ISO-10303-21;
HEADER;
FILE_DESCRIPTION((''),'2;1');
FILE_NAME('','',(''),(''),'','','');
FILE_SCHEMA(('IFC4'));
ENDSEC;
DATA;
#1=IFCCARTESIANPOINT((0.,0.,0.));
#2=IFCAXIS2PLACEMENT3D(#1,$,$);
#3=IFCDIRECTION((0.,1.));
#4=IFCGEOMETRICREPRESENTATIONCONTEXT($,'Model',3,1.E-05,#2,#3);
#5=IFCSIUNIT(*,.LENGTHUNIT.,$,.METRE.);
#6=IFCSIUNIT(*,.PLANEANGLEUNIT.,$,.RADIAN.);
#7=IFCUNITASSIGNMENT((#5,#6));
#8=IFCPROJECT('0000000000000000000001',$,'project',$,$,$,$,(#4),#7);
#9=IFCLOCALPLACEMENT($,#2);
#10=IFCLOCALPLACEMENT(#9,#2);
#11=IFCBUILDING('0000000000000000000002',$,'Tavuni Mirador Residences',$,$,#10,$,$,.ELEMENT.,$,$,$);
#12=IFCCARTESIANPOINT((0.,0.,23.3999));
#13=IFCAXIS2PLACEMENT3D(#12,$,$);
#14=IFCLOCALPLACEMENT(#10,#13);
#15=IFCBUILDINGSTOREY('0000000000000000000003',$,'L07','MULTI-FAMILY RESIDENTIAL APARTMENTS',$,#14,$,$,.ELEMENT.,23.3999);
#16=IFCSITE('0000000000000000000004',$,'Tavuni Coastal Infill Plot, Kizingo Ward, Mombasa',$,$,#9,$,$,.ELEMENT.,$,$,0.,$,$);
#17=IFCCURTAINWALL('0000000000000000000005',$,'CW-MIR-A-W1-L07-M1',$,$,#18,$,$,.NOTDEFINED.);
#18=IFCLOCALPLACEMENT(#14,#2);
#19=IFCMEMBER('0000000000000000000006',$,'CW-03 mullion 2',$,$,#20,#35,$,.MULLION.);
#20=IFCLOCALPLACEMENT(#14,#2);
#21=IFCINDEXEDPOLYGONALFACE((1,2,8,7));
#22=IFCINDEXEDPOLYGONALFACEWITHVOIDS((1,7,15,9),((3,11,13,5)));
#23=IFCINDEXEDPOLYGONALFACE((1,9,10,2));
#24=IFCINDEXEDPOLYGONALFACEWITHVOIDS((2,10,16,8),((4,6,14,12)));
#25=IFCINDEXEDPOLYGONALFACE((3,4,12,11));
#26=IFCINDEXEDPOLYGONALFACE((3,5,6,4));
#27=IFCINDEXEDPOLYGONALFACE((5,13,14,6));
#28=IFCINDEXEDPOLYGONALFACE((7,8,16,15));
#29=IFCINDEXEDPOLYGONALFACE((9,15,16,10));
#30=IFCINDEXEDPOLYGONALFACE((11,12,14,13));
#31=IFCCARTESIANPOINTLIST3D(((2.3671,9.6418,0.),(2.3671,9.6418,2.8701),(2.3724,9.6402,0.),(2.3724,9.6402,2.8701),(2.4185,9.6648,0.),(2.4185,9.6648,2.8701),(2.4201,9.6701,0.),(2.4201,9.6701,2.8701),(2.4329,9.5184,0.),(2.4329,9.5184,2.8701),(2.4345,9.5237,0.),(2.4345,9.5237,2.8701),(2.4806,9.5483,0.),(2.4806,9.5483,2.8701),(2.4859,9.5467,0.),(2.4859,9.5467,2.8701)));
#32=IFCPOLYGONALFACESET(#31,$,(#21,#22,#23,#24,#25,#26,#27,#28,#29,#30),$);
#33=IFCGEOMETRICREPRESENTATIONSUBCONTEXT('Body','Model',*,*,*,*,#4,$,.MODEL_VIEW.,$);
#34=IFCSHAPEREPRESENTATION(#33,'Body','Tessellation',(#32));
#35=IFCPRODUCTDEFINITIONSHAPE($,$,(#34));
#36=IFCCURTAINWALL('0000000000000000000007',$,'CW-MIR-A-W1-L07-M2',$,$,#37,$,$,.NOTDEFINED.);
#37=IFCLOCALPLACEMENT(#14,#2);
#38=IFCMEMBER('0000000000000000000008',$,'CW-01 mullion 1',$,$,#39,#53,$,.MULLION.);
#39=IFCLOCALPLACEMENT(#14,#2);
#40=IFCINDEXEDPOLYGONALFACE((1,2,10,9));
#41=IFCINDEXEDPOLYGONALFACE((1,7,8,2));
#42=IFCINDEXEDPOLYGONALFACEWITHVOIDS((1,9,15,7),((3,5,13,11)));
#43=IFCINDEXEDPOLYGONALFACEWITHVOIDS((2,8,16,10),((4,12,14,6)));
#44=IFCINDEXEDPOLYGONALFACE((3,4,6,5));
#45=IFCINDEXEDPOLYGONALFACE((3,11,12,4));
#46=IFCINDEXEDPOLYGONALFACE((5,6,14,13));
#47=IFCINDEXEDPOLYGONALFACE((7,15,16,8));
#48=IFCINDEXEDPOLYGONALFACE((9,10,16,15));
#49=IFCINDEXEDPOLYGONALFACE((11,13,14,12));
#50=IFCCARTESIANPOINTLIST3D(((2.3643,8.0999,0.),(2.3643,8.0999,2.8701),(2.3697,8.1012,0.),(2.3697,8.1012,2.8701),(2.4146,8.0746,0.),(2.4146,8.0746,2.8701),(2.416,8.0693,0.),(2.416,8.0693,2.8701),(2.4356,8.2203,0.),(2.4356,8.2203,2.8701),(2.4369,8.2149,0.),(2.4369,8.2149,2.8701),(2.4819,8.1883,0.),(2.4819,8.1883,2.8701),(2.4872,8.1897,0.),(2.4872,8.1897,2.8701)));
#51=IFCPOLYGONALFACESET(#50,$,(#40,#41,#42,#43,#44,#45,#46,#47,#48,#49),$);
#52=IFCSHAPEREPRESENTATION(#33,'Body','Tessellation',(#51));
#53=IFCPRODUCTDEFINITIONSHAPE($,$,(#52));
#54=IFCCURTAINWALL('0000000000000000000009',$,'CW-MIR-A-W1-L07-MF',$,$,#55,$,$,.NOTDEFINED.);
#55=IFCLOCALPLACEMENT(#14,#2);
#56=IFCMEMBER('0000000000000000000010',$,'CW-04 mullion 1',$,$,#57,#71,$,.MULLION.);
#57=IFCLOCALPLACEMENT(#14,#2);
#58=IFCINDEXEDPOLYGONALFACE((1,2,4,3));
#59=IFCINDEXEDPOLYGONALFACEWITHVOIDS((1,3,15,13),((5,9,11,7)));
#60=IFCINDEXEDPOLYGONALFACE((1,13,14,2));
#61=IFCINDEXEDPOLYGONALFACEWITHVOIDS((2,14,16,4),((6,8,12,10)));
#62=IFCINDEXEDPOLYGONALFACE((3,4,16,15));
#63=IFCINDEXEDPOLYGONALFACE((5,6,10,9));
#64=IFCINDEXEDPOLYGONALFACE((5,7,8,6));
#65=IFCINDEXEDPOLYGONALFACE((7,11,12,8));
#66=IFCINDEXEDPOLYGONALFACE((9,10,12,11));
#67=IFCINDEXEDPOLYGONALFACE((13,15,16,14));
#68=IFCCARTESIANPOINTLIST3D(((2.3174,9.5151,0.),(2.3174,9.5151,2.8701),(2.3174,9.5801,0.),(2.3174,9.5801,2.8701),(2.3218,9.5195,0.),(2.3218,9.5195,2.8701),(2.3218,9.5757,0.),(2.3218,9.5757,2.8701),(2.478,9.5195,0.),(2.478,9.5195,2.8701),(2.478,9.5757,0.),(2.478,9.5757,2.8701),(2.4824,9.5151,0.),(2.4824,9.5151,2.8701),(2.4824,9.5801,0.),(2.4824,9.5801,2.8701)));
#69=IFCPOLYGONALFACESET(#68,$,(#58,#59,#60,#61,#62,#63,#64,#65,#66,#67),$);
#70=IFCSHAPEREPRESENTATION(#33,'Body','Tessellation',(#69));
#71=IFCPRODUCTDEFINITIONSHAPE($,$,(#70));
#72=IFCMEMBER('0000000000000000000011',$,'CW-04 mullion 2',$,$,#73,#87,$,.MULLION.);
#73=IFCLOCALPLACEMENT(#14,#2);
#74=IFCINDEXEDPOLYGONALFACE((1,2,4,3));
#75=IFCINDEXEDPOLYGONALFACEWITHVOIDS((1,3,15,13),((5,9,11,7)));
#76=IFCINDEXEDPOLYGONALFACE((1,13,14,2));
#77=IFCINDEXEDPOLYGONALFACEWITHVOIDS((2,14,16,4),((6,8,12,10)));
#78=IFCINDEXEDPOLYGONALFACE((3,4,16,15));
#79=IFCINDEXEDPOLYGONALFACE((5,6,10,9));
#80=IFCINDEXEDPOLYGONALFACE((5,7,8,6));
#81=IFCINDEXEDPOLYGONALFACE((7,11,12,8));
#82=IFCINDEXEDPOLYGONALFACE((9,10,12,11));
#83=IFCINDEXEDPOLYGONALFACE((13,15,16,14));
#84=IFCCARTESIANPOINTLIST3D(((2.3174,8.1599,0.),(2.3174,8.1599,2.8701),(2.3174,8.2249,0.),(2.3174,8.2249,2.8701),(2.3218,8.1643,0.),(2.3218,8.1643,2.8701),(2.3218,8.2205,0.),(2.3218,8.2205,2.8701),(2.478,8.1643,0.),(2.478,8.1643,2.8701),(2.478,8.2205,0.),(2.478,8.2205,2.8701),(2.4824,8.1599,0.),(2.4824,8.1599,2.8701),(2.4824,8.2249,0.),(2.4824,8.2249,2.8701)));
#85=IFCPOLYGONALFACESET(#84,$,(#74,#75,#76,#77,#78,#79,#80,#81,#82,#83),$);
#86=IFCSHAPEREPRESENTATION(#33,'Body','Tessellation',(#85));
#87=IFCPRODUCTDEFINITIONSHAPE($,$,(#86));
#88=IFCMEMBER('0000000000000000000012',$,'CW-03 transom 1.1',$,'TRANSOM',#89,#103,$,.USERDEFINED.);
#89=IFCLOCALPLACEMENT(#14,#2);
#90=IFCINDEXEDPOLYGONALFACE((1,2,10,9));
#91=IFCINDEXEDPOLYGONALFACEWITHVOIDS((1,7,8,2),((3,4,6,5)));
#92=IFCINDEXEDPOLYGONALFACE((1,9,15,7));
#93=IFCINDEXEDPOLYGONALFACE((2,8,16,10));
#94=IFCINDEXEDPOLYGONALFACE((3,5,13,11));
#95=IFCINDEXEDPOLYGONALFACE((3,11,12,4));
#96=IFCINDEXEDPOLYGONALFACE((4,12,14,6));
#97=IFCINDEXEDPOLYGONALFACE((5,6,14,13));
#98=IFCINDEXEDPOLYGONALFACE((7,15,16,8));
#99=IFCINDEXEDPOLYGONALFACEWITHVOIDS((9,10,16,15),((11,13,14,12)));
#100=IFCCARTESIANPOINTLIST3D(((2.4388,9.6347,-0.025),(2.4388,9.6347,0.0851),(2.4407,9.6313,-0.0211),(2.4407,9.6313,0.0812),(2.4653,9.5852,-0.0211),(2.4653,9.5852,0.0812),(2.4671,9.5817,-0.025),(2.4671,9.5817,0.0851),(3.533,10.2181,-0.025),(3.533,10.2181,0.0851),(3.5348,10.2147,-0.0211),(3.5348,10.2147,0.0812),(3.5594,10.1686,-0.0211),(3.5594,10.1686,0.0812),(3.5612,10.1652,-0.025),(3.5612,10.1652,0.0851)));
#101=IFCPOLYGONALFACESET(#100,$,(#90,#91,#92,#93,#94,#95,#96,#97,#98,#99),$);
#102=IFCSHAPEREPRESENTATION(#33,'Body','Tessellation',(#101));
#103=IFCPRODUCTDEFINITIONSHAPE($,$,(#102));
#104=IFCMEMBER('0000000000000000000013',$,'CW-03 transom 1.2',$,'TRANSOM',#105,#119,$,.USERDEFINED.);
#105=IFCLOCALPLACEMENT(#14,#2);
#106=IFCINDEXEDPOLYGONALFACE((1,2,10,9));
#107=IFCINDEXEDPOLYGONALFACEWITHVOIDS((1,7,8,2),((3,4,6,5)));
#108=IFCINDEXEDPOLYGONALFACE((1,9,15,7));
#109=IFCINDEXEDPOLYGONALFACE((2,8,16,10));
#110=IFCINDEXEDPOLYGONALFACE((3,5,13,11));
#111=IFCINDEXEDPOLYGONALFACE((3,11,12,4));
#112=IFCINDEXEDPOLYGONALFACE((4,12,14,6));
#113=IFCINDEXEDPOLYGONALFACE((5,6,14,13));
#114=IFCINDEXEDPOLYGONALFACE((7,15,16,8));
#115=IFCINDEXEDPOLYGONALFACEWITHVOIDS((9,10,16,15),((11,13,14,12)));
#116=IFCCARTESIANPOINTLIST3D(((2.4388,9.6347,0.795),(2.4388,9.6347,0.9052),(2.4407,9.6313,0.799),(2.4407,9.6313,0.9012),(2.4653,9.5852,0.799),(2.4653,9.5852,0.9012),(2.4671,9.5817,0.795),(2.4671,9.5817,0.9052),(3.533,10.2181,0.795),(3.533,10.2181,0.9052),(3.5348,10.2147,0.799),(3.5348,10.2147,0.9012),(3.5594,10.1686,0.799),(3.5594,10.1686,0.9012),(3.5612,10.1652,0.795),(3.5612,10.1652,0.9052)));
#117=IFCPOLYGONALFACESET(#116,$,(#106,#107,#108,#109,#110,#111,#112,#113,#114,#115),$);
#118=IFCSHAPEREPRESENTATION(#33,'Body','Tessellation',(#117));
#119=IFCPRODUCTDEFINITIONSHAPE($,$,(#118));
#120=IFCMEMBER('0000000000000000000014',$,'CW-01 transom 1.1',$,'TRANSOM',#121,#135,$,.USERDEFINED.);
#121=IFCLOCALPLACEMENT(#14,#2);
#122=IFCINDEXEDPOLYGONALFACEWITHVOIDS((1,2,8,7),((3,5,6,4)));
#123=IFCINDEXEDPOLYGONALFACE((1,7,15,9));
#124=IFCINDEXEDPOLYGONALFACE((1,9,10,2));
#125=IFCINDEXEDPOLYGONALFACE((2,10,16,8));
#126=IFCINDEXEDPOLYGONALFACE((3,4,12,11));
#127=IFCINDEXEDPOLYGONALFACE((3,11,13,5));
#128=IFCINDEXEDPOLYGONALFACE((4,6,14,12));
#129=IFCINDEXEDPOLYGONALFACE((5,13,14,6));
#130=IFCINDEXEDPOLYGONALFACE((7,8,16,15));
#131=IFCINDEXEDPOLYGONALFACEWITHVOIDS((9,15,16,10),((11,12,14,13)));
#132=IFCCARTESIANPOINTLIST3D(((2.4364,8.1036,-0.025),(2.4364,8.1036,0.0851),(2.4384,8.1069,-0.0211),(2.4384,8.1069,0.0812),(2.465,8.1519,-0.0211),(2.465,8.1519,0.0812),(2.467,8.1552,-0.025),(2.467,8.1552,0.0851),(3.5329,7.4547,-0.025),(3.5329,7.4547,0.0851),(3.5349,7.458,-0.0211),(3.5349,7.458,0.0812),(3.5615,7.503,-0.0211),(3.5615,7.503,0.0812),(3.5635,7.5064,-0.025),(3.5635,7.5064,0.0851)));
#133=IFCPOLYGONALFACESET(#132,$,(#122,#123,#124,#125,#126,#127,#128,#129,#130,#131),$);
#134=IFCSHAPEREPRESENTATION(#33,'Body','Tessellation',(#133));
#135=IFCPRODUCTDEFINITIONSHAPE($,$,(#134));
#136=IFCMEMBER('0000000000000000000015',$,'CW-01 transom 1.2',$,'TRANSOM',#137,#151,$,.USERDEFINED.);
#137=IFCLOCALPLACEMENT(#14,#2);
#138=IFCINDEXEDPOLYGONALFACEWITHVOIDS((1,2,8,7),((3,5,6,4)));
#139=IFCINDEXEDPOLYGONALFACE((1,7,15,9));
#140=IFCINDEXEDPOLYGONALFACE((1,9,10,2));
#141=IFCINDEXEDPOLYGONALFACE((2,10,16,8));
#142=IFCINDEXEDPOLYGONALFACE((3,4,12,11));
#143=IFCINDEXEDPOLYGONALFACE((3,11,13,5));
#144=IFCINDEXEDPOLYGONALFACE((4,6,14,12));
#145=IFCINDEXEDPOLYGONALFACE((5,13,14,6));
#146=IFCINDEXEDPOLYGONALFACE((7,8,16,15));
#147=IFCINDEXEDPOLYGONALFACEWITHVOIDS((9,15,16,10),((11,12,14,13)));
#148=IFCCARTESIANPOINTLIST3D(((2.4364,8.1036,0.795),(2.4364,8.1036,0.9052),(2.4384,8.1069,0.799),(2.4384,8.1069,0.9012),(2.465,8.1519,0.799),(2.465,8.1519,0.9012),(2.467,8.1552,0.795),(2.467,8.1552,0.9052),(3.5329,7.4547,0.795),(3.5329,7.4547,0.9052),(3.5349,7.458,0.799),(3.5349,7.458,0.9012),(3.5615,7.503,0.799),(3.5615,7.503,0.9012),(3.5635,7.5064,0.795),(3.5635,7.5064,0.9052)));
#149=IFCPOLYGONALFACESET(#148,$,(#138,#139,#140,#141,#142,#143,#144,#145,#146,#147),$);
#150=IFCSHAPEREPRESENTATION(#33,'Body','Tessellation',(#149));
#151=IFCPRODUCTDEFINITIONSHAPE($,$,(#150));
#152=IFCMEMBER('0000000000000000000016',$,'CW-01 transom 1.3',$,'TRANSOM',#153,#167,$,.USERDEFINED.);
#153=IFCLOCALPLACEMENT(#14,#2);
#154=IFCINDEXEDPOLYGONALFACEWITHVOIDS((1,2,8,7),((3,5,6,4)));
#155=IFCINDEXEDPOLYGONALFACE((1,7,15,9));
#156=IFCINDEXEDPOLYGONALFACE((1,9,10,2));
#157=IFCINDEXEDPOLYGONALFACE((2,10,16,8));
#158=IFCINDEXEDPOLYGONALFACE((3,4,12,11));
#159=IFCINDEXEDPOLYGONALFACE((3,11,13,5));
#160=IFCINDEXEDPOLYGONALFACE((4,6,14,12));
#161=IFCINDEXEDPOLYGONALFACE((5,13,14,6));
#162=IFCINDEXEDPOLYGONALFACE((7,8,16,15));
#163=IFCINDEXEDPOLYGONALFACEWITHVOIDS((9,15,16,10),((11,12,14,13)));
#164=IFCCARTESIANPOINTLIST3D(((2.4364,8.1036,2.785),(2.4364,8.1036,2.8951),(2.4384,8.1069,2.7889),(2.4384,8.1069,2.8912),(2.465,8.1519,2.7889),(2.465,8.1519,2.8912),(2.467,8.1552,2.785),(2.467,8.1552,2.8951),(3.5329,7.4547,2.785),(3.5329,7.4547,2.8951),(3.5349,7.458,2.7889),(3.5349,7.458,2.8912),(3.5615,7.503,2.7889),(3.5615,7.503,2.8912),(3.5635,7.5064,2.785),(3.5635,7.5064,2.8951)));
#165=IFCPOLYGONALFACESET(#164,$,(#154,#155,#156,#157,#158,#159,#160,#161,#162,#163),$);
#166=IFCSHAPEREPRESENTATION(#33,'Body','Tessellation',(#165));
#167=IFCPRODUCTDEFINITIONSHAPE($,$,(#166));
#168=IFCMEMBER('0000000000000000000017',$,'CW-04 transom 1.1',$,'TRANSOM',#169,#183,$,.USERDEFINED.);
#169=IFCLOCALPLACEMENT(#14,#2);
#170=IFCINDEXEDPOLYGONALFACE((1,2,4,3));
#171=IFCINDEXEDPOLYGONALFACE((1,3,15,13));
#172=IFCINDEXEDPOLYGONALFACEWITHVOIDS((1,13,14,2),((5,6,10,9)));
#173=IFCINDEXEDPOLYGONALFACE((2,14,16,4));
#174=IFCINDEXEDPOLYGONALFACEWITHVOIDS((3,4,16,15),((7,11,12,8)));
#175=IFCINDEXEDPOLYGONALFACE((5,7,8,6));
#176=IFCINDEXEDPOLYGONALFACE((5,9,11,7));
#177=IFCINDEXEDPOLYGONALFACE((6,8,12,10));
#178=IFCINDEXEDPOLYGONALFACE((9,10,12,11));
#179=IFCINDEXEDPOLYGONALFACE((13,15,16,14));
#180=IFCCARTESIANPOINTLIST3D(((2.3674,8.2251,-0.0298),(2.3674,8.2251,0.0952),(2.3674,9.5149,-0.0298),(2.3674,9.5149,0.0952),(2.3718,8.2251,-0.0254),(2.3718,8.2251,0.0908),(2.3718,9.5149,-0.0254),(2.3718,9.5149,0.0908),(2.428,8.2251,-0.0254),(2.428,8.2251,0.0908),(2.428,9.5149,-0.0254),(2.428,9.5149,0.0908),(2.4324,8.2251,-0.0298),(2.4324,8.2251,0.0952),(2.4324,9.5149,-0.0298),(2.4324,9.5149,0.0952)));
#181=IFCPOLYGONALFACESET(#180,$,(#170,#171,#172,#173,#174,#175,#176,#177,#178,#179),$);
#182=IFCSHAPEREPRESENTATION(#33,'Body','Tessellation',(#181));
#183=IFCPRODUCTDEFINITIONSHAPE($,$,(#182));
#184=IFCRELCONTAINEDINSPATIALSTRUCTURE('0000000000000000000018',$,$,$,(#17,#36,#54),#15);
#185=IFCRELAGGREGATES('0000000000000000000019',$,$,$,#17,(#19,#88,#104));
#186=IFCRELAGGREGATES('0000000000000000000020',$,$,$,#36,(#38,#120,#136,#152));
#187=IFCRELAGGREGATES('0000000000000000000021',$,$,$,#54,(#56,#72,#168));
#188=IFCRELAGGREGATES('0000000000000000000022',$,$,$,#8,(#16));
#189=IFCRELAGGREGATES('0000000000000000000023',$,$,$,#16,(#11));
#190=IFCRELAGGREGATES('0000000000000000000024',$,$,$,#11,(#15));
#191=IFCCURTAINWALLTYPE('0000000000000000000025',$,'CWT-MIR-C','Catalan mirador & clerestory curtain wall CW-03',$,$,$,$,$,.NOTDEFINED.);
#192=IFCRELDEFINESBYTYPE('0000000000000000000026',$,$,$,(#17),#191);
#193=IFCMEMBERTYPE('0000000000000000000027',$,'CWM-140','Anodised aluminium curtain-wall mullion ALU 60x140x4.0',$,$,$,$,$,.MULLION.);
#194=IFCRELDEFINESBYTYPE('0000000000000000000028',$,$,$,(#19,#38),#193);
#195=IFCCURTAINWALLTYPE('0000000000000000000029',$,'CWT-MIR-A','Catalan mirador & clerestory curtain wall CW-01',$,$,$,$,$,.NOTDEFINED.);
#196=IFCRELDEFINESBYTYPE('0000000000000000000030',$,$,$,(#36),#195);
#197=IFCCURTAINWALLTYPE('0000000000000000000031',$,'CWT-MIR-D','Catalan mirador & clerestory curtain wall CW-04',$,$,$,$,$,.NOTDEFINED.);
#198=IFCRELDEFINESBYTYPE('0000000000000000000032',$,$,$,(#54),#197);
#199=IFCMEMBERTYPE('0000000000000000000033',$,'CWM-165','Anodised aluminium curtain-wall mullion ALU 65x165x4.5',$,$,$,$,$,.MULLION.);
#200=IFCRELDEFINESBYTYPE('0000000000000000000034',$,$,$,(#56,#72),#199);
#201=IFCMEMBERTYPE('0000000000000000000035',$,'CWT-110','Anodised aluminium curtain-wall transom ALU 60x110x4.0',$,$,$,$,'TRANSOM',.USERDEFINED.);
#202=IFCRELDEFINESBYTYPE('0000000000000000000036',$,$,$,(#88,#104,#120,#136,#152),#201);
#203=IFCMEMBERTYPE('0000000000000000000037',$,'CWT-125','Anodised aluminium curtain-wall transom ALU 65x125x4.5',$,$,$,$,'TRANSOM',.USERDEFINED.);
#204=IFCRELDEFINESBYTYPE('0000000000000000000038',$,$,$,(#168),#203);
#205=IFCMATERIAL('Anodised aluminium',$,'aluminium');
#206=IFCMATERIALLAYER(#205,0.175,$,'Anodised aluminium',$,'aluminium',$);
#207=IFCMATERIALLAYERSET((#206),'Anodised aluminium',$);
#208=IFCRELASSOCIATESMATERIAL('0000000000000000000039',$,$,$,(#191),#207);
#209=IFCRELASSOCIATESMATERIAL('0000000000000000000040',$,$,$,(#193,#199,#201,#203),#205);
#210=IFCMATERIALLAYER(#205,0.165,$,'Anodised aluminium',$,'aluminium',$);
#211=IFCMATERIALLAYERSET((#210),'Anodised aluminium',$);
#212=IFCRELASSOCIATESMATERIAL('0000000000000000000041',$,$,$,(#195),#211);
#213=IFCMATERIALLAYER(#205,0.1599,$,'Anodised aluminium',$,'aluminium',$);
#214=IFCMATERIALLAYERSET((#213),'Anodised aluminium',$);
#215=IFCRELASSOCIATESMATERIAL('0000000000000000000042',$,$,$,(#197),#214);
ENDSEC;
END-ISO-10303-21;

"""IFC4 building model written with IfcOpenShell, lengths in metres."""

from ifc_helpers import new_model, si_unit, direction, frame, origin, origin_2d, place, context, subcontext, project, spatial, hollow_rectangle, extrude, material, layer, layer_set, material_profile, profile_set, type_object, element, aggregate, save


model = new_model("IFC4")

# Units and contexts
model_context = context("Model", 3, precision=1e-05, world=origin(), true_north=direction((0.0, 1.0)))
body_context = subcontext(model_context, "Body", "Model", "MODEL_VIEW")
ifc_project = project(units=[si_unit("LENGTHUNIT", "METRE"), si_unit("PLANEANGLEUNIT", "RADIAN")], contexts=[model_context])

# Site, building, storey
site_placement = place(None, origin())
site = spatial("IfcSite", under=ifc_project, at=site_placement, Name="Tavuni Coastal Infill Plot, Kizingo Ward, Mombasa", CompositionType="ELEMENT", RefElevation=0.0)
building_placement = place(site_placement, origin())
building = spatial("IfcBuilding", under=site, at=building_placement, Name="Tavuni Mirador Residences", CompositionType="ELEMENT")
storey_placement = place(building_placement, frame((0.0, 0.0, 23.3999)))
storey = spatial("IfcBuildingStorey", under=building, at=storey_placement, Name="L07", Description="MULTI-FAMILY RESIDENTIAL APARTMENTS", CompositionType="ELEMENT", Elevation=23.3999)

# Curtain walls, members
ifc_material_1 = material(Name="Anodised aluminium", Category="aluminium")
ifc_layer_1 = layer(ifc_material_1, 0.175, Name="Anodised aluminium", Category="aluminium")
ifc_layer_set_1 = layer_set([ifc_layer_1], Name="Anodised aluminium")
curtain_wall_type_1 = type_object("IfcCurtainWallType", Name="CWT-MIR-C", Description="Catalan mirador & clerestory curtain wall CW-03", PredefinedType="NOTDEFINED", material=ifc_layer_set_1)
curtain_wall_1_placement = place(storey_placement, origin())
curtain_wall_1 = element("IfcCurtainWall", 1, at=curtain_wall_1_placement, inside=storey, type_object=curtain_wall_type_1, Name="CW-MIR-A-W1-L07-M1", PredefinedType="NOTDEFINED")
ifc_material_profile_1 = material_profile(ifc_material_1, hollow_rectangle(XDim=0.0601, YDim=0.1399, WallThickness=0.0039, at=origin_2d()), Name="ALU 60x140x4.0", Category="aluminium")
ifc_profile_set_1 = profile_set([ifc_material_profile_1], Name="Anodised aluminium")
member_type_1 = type_object("IfcMemberType", Name="CWM-140", Description="Anodised aluminium curtain-wall mullion ALU 60x140x4.0", PredefinedType="MULLION", material=ifc_profile_set_1)
member_1_placement = place(storey_placement, frame((2.4265, 9.5942, 0.0), z_axis=(0.0, 0.0, 1.0), x_axis=(-0.882353, -0.470588, 0.0)))
member_1 = element("IfcMember", 2, at=member_1_placement, type_object=member_type_1, Name="CW-03 mullion 2", PredefinedType="MULLION", context=body_context, shape_type="SweptSolid", body=[
    extrude(hollow_rectangle(XDim=0.0601, YDim=0.1399, WallThickness=0.0039, at=origin_2d()), origin(), (0.0, 0.0, 1.0), 2.8701),
])
ifc_layer_2 = layer(ifc_material_1, 0.165, Name="Anodised aluminium", Category="aluminium")
ifc_layer_set_2 = layer_set([ifc_layer_2], Name="Anodised aluminium")
curtain_wall_type_2 = type_object("IfcCurtainWallType", Name="CWT-MIR-A", Description="Catalan mirador & clerestory curtain wall CW-01", PredefinedType="NOTDEFINED", material=ifc_layer_set_2)
curtain_wall_2_placement = place(storey_placement, origin())
curtain_wall_2 = element("IfcCurtainWall", 3, at=curtain_wall_2_placement, inside=storey, type_object=curtain_wall_type_2, Name="CW-MIR-A-W1-L07-M2", PredefinedType="NOTDEFINED")
member_2_placement = place(storey_placement, frame((2.4258, 8.1448, 0.0), z_axis=(0.0, 0.0, 1.0), x_axis=(0.860641, -0.509212, 0.0)))
member_2 = element("IfcMember", 4, at=member_2_placement, type_object=member_type_1, Name="CW-01 mullion 1", PredefinedType="MULLION", context=body_context, shape_type="SweptSolid", body=[
    extrude(hollow_rectangle(XDim=0.0601, YDim=0.1399, WallThickness=0.0039, at=origin_2d()), origin(), (0.0, 0.0, 1.0), 2.8701),
])

# Curtain wall, members
ifc_layer_3 = layer(ifc_material_1, 0.1599, Name="Anodised aluminium", Category="aluminium")
ifc_layer_set_3 = layer_set([ifc_layer_3], Name="Anodised aluminium")
curtain_wall_type_3 = type_object("IfcCurtainWallType", Name="CWT-MIR-D", Description="Catalan mirador & clerestory curtain wall CW-04", PredefinedType="NOTDEFINED", material=ifc_layer_set_3)
curtain_wall_3_placement = place(storey_placement, origin())
curtain_wall_3 = element("IfcCurtainWall", 5, at=curtain_wall_3_placement, inside=storey, type_object=curtain_wall_type_3, Name="CW-MIR-A-W1-L07-MF", PredefinedType="NOTDEFINED")
ifc_material_profile_2 = material_profile(ifc_material_1, hollow_rectangle(XDim=0.0649, YDim=0.165, WallThickness=0.0044, at=origin_2d()), Name="ALU 65x165x4.5", Category="aluminium")
ifc_profile_set_2 = profile_set([ifc_material_profile_2], Name="Anodised aluminium")
member_type_2 = type_object("IfcMemberType", Name="CWM-165", Description="Anodised aluminium curtain-wall mullion ALU 65x165x4.5", PredefinedType="MULLION", material=ifc_profile_set_2)
member_3_placement = place(storey_placement, frame((2.3999, 9.5476, 0.0), z_axis=(0.0, 0.0, 1.0), x_axis=(0.0, -1.0, 0.0)))
member_3 = element("IfcMember", 6, at=member_3_placement, type_object=member_type_2, Name="CW-04 mullion 1", PredefinedType="MULLION", context=body_context, shape_type="SweptSolid", body=[
    extrude(hollow_rectangle(XDim=0.0649, YDim=0.165, WallThickness=0.0044, at=origin_2d()), origin(), (0.0, 0.0, 1.0), 2.8701),
])
member_4_placement = place(storey_placement, frame((2.3999, 8.1924, 0.0), z_axis=(0.0, 0.0, 1.0), x_axis=(0.0, -1.0, 0.0)))
member_4 = element("IfcMember", 7, at=member_4_placement, type_object=member_type_2, Name="CW-04 mullion 2", PredefinedType="MULLION", context=body_context, shape_type="SweptSolid", body=[
    extrude(hollow_rectangle(XDim=0.0649, YDim=0.165, WallThickness=0.0044, at=origin_2d()), origin(), (0.0, 0.0, 1.0), 2.8701),
])

# Members
ifc_material_profile_3 = material_profile(ifc_material_1, hollow_rectangle(XDim=0.0601, YDim=0.1101, WallThickness=0.0039, at=origin_2d()), Name="ALU 60x110x4.0", Category="aluminium")
ifc_profile_set_3 = profile_set([ifc_material_profile_3], Name="Anodised aluminium")
member_type_3 = type_object("IfcMemberType", Name="CWT-110", Description="Anodised aluminium curtain-wall transom ALU 60x110x4.0", ElementType="TRANSOM", PredefinedType="USERDEFINED", material=ifc_profile_set_3)
member_5_placement = place(storey_placement, frame((3.5471, 10.1917, 0.03), z_axis=(-0.882386, -0.470527, 0.0), x_axis=(0.470527, -0.882386, 0.0)))
member_5 = element("IfcMember", 8, at=member_5_placement, type_object=member_type_3, Name="CW-03 transom 1.1", ObjectType="TRANSOM", PredefinedType="USERDEFINED", context=body_context, shape_type="SweptSolid", body=[
    extrude(hollow_rectangle(XDim=0.0601, YDim=0.1101, WallThickness=0.0039, at=origin_2d()), origin(), (0.0, 0.0, 1.0), 1.24),
])
member_6_placement = place(storey_placement, frame((3.5471, 10.1917, 0.8501), z_axis=(-0.882386, -0.470527, 0.0), x_axis=(0.470527, -0.882386, 0.0)))
member_6 = element("IfcMember", 9, at=member_6_placement, type_object=member_type_3, Name="CW-03 transom 1.2", ObjectType="TRANSOM", PredefinedType="USERDEFINED", context=body_context, shape_type="SweptSolid", body=[
    extrude(hollow_rectangle(XDim=0.0601, YDim=0.1101, WallThickness=0.0039, at=origin_2d()), origin(), (0.0, 0.0, 1.0), 1.24),
])
member_7_placement = place(storey_placement, frame((2.4517, 8.1294, 0.03), z_axis=(0.860621, -0.509246, 0.0), x_axis=(0.509246, 0.860621, 0.0)))
member_7 = element("IfcMember", 10, at=member_7_placement, type_object=member_type_3, Name="CW-01 transom 1.1", ObjectType="TRANSOM", PredefinedType="USERDEFINED", context=body_context, shape_type="SweptSolid", body=[
    extrude(hollow_rectangle(XDim=0.0601, YDim=0.1101, WallThickness=0.0039, at=origin_2d()), origin(), (0.0, 0.0, 1.0), 1.2742),
])
member_8_placement = place(storey_placement, frame((2.4517, 8.1294, 0.8501), z_axis=(0.860621, -0.509246, 0.0), x_axis=(0.509246, 0.860621, 0.0)))
member_8 = element("IfcMember", 11, at=member_8_placement, type_object=member_type_3, Name="CW-01 transom 1.2", ObjectType="TRANSOM", PredefinedType="USERDEFINED", context=body_context, shape_type="SweptSolid", body=[
    extrude(hollow_rectangle(XDim=0.0601, YDim=0.1101, WallThickness=0.0039, at=origin_2d()), origin(), (0.0, 0.0, 1.0), 1.2742),
])
member_9_placement = place(storey_placement, frame((2.4517, 8.1294, 2.8401), z_axis=(0.860621, -0.509246, 0.0), x_axis=(0.509246, 0.860621, 0.0)))
member_9 = element("IfcMember", 12, at=member_9_placement, type_object=member_type_3, Name="CW-01 transom 1.3", ObjectType="TRANSOM", PredefinedType="USERDEFINED", context=body_context, shape_type="SweptSolid", body=[
    extrude(hollow_rectangle(XDim=0.0601, YDim=0.1101, WallThickness=0.0039, at=origin_2d()), origin(), (0.0, 0.0, 1.0), 1.2742),
])
ifc_material_profile_4 = material_profile(ifc_material_1, hollow_rectangle(XDim=0.0649, YDim=0.125, WallThickness=0.0044, at=origin_2d()), Name="ALU 65x125x4.5", Category="aluminium")
ifc_profile_set_4 = profile_set([ifc_material_profile_4], Name="Anodised aluminium")
member_type_4 = type_object("IfcMemberType", Name="CWT-125", Description="Anodised aluminium curtain-wall transom ALU 65x125x4.5", ElementType="TRANSOM", PredefinedType="USERDEFINED", material=ifc_profile_set_4)
member_10_placement = place(storey_placement, frame((2.3999, 9.5149, 0.0327), z_axis=(0.0, -1.0, 0.0), x_axis=(1.0, 0.0, 0.0)))
member_10 = element("IfcMember", 13, at=member_10_placement, type_object=member_type_4, Name="CW-04 transom 1.1", ObjectType="TRANSOM", PredefinedType="USERDEFINED", context=body_context, shape_type="SweptSolid", body=[
    extrude(hollow_rectangle(XDim=0.0649, YDim=0.125, WallThickness=0.0044, at=origin_2d()), origin(), (0.0, 0.0, 1.0), 1.2898),
])

aggregate(curtain_wall_1, [member_1, member_5, member_6])
aggregate(curtain_wall_2, [member_2, member_7, member_8, member_9])
aggregate(curtain_wall_3, [member_3, member_4, member_10])

save(model, "model.ifc")
